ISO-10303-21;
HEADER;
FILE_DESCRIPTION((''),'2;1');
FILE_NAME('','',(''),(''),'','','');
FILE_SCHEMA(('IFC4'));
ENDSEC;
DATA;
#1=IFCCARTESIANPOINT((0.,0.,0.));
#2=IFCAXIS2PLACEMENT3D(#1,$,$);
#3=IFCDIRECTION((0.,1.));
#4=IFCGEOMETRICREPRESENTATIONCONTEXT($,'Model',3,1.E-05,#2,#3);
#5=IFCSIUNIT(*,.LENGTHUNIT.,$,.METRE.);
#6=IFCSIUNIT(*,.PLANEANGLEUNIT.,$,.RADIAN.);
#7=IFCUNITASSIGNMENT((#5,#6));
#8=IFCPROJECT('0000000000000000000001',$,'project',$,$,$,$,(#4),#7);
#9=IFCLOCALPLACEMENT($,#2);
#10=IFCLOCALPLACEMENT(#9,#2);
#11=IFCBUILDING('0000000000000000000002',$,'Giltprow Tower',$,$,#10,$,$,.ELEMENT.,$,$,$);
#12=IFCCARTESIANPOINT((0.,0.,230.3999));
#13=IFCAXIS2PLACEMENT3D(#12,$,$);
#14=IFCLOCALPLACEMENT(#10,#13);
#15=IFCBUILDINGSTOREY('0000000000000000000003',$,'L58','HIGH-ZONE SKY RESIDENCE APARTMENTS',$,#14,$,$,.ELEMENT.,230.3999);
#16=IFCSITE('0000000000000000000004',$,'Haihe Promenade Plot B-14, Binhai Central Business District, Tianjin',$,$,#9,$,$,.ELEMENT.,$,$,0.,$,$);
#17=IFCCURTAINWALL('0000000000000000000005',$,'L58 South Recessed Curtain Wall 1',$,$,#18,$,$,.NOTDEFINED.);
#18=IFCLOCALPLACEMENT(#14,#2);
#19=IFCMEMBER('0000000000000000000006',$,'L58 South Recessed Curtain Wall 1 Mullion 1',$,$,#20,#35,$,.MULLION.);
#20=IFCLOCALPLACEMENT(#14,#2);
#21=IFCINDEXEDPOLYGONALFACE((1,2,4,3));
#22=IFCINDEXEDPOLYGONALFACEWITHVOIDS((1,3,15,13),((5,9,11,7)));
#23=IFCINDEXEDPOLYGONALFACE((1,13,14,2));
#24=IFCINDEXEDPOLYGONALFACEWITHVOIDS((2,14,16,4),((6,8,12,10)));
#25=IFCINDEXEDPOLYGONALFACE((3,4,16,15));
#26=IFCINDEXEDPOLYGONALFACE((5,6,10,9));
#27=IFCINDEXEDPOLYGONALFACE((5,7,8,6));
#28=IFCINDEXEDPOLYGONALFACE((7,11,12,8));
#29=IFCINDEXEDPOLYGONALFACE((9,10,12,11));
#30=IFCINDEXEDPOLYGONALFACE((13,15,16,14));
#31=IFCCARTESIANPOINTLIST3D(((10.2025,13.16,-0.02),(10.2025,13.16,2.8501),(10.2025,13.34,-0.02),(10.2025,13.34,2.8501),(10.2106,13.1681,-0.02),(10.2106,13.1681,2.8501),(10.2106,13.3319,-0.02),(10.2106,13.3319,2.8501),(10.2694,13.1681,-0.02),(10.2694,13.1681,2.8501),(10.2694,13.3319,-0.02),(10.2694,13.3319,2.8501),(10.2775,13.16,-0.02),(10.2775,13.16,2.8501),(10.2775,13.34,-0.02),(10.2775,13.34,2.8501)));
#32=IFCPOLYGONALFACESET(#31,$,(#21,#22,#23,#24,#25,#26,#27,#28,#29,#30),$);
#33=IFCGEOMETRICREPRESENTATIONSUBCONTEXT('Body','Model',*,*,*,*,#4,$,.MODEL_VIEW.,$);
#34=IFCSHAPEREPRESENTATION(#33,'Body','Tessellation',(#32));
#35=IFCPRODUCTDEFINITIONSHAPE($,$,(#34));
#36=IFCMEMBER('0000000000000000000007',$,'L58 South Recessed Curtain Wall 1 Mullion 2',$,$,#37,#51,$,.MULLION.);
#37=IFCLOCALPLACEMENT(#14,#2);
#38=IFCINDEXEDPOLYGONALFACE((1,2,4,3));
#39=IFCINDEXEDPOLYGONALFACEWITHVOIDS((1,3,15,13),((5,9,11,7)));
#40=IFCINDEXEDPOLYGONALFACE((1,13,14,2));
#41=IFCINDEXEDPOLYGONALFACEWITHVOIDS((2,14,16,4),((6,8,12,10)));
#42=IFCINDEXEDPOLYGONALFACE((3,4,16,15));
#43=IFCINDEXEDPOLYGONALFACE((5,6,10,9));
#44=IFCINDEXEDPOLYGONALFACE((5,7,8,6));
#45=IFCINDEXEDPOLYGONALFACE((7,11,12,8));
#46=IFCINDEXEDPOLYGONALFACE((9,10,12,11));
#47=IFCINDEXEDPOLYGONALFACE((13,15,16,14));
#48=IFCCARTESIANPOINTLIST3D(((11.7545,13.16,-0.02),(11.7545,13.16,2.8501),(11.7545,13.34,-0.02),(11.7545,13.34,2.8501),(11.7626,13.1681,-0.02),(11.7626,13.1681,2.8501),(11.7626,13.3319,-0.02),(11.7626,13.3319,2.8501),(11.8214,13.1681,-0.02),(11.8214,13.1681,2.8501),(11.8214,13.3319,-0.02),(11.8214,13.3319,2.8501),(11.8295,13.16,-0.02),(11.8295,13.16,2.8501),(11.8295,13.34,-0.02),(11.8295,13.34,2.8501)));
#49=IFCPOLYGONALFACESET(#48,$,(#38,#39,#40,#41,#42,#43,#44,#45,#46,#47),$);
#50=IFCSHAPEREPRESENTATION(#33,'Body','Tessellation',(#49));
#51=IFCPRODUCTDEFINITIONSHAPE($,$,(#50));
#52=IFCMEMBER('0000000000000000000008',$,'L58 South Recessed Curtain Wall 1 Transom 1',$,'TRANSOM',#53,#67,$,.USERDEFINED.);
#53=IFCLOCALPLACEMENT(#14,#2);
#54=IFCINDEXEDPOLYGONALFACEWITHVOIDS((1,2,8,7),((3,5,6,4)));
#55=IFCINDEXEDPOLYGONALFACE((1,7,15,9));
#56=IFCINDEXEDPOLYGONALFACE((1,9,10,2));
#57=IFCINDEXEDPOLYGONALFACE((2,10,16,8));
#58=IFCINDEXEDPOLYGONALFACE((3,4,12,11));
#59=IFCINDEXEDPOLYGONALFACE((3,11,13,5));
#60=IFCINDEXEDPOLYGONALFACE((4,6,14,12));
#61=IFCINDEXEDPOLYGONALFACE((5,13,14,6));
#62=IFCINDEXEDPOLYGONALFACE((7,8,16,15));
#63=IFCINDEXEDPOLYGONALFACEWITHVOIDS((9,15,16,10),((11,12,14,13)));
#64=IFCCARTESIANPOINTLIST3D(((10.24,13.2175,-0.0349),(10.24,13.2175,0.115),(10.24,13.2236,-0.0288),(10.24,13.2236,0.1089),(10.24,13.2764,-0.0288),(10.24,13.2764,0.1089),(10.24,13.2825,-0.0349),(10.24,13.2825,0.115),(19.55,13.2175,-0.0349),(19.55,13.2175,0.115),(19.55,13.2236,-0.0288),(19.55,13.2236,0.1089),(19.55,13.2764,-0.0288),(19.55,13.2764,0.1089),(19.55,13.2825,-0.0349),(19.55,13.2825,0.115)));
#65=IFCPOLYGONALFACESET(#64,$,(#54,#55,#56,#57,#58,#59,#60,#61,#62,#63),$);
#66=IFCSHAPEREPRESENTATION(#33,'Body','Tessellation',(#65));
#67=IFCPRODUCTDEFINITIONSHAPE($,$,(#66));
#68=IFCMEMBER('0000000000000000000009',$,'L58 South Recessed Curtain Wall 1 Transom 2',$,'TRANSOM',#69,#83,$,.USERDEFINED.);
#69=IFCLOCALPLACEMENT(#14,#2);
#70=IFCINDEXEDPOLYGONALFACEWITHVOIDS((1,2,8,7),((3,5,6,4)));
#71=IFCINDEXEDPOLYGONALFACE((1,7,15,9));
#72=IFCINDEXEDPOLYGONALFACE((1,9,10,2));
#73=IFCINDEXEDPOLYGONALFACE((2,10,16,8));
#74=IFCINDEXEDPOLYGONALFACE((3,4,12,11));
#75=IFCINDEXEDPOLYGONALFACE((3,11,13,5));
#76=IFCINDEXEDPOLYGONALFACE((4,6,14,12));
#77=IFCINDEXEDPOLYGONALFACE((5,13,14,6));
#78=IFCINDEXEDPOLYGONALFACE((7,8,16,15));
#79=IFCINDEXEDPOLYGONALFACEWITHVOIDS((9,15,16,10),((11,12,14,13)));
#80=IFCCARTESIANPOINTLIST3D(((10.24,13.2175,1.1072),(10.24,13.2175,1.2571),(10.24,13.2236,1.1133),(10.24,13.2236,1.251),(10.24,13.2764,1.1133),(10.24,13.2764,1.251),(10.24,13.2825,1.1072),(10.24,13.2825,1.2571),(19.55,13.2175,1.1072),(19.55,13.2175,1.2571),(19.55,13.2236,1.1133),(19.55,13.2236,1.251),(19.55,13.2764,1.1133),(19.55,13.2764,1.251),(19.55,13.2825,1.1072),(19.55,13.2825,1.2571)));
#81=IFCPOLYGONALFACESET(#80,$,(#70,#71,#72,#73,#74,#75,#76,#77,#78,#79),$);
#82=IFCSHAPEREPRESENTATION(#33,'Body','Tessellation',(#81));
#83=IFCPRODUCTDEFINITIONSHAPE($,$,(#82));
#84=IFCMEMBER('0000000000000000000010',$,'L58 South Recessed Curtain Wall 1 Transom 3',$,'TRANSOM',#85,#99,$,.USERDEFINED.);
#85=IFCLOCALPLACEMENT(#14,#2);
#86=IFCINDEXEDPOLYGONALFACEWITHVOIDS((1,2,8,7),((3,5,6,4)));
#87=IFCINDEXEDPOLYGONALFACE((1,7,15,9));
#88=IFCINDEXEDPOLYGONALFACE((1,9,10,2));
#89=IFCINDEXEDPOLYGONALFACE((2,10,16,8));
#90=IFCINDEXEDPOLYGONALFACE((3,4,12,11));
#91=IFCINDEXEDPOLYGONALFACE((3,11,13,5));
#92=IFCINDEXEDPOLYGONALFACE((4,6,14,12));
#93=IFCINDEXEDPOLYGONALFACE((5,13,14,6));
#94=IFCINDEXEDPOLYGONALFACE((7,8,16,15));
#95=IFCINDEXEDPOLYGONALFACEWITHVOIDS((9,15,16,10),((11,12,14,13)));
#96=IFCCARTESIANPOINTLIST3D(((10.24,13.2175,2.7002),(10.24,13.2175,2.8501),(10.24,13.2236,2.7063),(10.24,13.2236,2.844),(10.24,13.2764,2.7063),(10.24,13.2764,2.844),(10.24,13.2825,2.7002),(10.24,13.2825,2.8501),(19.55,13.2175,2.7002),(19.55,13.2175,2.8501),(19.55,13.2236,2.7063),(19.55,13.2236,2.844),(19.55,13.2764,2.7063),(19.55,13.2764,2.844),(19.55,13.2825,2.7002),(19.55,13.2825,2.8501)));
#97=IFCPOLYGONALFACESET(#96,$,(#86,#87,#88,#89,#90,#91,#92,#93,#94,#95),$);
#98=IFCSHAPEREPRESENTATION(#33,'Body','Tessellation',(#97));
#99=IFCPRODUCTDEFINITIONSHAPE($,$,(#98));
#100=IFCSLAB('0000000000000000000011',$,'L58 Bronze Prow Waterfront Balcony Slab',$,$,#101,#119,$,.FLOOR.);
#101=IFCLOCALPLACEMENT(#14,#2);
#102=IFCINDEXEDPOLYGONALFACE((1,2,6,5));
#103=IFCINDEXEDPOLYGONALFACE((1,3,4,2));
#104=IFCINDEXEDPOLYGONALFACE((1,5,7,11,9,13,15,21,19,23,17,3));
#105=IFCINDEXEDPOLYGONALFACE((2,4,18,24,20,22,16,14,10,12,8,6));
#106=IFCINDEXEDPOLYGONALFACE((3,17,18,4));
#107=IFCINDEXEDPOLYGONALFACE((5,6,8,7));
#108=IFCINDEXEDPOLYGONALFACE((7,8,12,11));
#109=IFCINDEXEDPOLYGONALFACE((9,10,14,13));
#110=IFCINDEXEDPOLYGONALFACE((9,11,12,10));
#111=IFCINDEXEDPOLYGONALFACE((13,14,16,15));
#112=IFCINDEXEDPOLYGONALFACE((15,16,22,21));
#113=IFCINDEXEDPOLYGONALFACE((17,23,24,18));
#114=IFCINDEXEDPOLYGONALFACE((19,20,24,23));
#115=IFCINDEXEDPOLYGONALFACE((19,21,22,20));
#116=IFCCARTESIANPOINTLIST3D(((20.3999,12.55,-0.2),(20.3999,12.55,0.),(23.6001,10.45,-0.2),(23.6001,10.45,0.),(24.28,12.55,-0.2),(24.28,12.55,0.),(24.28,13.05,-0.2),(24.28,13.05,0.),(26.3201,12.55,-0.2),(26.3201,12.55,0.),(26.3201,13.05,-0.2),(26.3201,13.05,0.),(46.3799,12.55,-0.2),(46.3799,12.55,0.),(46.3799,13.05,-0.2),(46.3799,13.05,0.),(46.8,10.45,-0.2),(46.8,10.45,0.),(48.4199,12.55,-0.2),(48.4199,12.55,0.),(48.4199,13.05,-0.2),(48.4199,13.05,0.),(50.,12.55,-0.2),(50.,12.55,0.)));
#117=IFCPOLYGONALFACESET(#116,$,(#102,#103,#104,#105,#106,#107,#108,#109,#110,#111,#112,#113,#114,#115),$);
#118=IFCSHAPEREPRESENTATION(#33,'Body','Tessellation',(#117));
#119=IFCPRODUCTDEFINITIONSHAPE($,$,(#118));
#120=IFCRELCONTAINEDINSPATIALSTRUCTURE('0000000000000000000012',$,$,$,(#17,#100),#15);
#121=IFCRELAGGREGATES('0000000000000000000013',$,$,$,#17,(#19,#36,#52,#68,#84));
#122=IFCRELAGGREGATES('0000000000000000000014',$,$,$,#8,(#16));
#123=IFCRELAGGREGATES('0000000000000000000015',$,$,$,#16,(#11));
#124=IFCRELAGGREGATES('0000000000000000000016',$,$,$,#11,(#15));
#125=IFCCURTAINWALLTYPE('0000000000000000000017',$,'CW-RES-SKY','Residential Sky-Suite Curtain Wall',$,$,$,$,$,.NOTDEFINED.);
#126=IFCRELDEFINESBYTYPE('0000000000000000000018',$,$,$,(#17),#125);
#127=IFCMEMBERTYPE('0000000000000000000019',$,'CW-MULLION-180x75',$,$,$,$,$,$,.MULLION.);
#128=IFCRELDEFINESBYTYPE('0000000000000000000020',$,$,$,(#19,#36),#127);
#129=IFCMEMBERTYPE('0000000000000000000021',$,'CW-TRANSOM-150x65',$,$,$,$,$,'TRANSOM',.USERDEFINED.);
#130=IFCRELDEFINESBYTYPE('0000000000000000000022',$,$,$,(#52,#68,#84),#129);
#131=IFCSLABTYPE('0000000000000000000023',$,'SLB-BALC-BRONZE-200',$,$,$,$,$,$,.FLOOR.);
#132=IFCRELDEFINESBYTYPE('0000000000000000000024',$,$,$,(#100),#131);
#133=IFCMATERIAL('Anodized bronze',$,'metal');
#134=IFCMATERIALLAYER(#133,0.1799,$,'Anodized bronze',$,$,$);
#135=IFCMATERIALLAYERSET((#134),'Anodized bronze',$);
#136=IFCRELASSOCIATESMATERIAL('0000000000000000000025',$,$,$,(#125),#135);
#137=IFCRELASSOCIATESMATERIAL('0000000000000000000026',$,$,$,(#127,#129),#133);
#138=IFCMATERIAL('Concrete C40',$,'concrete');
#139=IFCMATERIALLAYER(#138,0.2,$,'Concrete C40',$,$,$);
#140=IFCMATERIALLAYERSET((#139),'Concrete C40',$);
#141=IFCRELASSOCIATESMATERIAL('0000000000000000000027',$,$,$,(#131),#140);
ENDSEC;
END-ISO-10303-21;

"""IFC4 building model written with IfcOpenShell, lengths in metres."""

from ifc_helpers import new_model, si_unit, direction, frame, origin, origin_2d, place, context, subcontext, project, spatial, polyline, hollow_rectangle, outline, extrude, source, transform, mapped, material, layer, layer_set, material_profile, profile_set, type_object, element, aggregate, save


model = new_model("IFC4")

# Units and contexts
model_context = context("Model", 3, precision=1e-05, world=origin(), true_north=direction((0.0, 1.0)))
body_context = subcontext(model_context, "Body", "Model", "MODEL_VIEW")
ifc_project = project(units=[si_unit("LENGTHUNIT", "METRE"), si_unit("PLANEANGLEUNIT", "RADIAN")], contexts=[model_context])

# Site, building, storey
site_placement = place(None, origin())
site = spatial("IfcSite", under=ifc_project, at=site_placement, Name="Haihe Promenade Plot B-14, Binhai Central Business District, Tianjin", CompositionType="ELEMENT", RefElevation=0.0)
building_placement = place(site_placement, origin())
building = spatial("IfcBuilding", under=site, at=building_placement, Name="Giltprow Tower", CompositionType="ELEMENT")
storey_placement = place(building_placement, frame((0.0, 0.0, 230.3999)))
storey = spatial("IfcBuildingStorey", under=building, at=storey_placement, Name="L58", Description="HIGH-ZONE SKY RESIDENCE APARTMENTS", CompositionType="ELEMENT", Elevation=230.3999)

# Curtain wall, members
ifc_material_1 = material(Name="Anodized bronze", Category="metal")
ifc_layer_1 = layer(ifc_material_1, 0.1799, Name="Anodized bronze")
ifc_layer_set_1 = layer_set([ifc_layer_1], Name="Anodized bronze")
curtain_wall_type = type_object("IfcCurtainWallType", Name="CW-RES-SKY", Description="Residential Sky-Suite Curtain Wall", PredefinedType="NOTDEFINED", material=ifc_layer_set_1)
curtain_wall_placement = place(storey_placement, origin())
curtain_wall = element("IfcCurtainWall", 1, at=curtain_wall_placement, inside=storey, type_object=curtain_wall_type, Name="L58 South Recessed Curtain Wall 1", PredefinedType="NOTDEFINED")
ifc_material_profile_1 = material_profile(ifc_material_1, hollow_rectangle(XDim=0.075, YDim=0.1799, WallThickness=0.0081, at=origin_2d()), Name="RHS 180x75x8")
ifc_profile_set_1 = profile_set([ifc_material_profile_1], Name="Anodized bronze")
member_type_1 = type_object("IfcMemberType", Name="CW-MULLION-180x75", PredefinedType="MULLION", material=ifc_profile_set_1)
shared_shape_1 = source(origin(), body_context, "Body", "SweptSolid", [
    extrude(hollow_rectangle(XDim=0.075, YDim=0.1799, WallThickness=0.0081, at=origin_2d()), origin(), (0.0, 0.0, 1.0), 2.8701),
])
member_1_placement = place(storey_placement, frame((10.24, 13.25, -0.02), z_axis=(0.0, 0.0, 1.0), x_axis=(1.0, 0.0, 0.0)))
member_1 = element("IfcMember", 2, at=member_1_placement, type_object=member_type_1, Name="L58 South Recessed Curtain Wall 1 Mullion 1", PredefinedType="MULLION", context=body_context, shape_type="MappedRepresentation", body=[
    mapped(shared_shape_1, transform((0.0, 0.0, 0.0), x_axis=(1.0, 0.0, 0.0), y_axis=(0.0, 1.0, 0.0), z_axis=(0.0, 0.0, 1.0), scale=1.0)),
])
member_2_placement = place(storey_placement, frame((11.792, 13.25, -0.02), z_axis=(0.0, 0.0, 1.0), x_axis=(1.0, 0.0, 0.0)))
member_2 = element("IfcMember", 3, at=member_2_placement, type_object=member_type_1, Name="L58 South Recessed Curtain Wall 1 Mullion 2", PredefinedType="MULLION", context=body_context, shape_type="MappedRepresentation", body=[
    mapped(shared_shape_1, transform((0.0, 0.0, 0.0), x_axis=(1.0, 0.0, 0.0), y_axis=(0.0, 1.0, 0.0), z_axis=(0.0, 0.0, 1.0), scale=1.0)),
])
ifc_material_profile_2 = material_profile(ifc_material_1, hollow_rectangle(XDim=0.0649, YDim=0.1499, WallThickness=0.0061, at=origin_2d()), Name="RHS 150x65x6")
ifc_profile_set_2 = profile_set([ifc_material_profile_2], Name="Anodized bronze")
member_type_2 = type_object("IfcMemberType", Name="CW-TRANSOM-150x65", ElementType="TRANSOM", PredefinedType="USERDEFINED", material=ifc_profile_set_2)
shared_shape_2 = source(origin(), body_context, "Body", "SweptSolid", [
    extrude(hollow_rectangle(XDim=0.0649, YDim=0.1499, WallThickness=0.0061, at=origin_2d()), origin(), (0.0, 0.0, 1.0), 9.3101),
])
member_3_placement = place(storey_placement, frame((10.24, 13.25, 0.04), z_axis=(1.0, 0.0, 0.0), x_axis=(0.0, 1.0, 0.0)))
member_3 = element("IfcMember", 4, at=member_3_placement, type_object=member_type_2, Name="L58 South Recessed Curtain Wall 1 Transom 1", ObjectType="TRANSOM", PredefinedType="USERDEFINED", context=body_context, shape_type="MappedRepresentation", body=[
    mapped(shared_shape_2, transform((0.0, 0.0, 0.0), x_axis=(1.0, 0.0, 0.0), y_axis=(0.0, 1.0, 0.0), z_axis=(0.0, 0.0, 1.0), scale=1.0)),
])
member_4_placement = place(storey_placement, frame((10.24, 13.25, 1.1821), z_axis=(1.0, 0.0, 0.0), x_axis=(0.0, 1.0, 0.0)))
member_4 = element("IfcMember", 5, at=member_4_placement, type_object=member_type_2, Name="L58 South Recessed Curtain Wall 1 Transom 2", ObjectType="TRANSOM", PredefinedType="USERDEFINED", context=body_context, shape_type="MappedRepresentation", body=[
    mapped(shared_shape_2, transform((0.0, 0.0, 0.0), x_axis=(1.0, 0.0, 0.0), y_axis=(0.0, 1.0, 0.0), z_axis=(0.0, 0.0, 1.0), scale=1.0)),
])
member_5_placement = place(storey_placement, frame((10.24, 13.25, 2.7751), z_axis=(1.0, 0.0, 0.0), x_axis=(0.0, 1.0, 0.0)))
member_5 = element("IfcMember", 6, at=member_5_placement, type_object=member_type_2, Name="L58 South Recessed Curtain Wall 1 Transom 3", ObjectType="TRANSOM", PredefinedType="USERDEFINED", context=body_context, shape_type="MappedRepresentation", body=[
    mapped(shared_shape_2, transform((0.0, 0.0, 0.0), x_axis=(1.0, 0.0, 0.0), y_axis=(0.0, 1.0, 0.0), z_axis=(0.0, 0.0, 1.0), scale=1.0)),
])

# Slab
ifc_material_2 = material(Name="Concrete C40", Category="concrete")
ifc_layer_2 = layer(ifc_material_2, 0.2, Name="Concrete C40")
ifc_layer_set_2 = layer_set([ifc_layer_2], Name="Concrete C40")
slab_type_1 = type_object("IfcSlabType", Name="SLB-BALC-BRONZE-200", PredefinedType="FLOOR", material=ifc_layer_set_2)
slab_1_placement = place(storey_placement, frame((0.0, 0.0, -0.2)))
element("IfcSlab", 7, at=slab_1_placement, inside=storey, type_object=slab_type_1, Name="L58 Bronze Prow Waterfront Balcony Slab", PredefinedType="FLOOR", context=body_context, shape_type="SweptSolid", body=[
    extrude(outline(polyline([(50.0, 12.55), (46.8, 10.45), (23.6001, 10.45), (20.3999, 12.55), (24.28, 12.55), (24.28, 13.05), (26.3201, 13.05), (26.3201, 12.55), (46.3799, 12.55), (46.3799, 13.05), (48.4199, 13.05), (48.4199, 12.55), (50.0, 12.55)])), origin(), (0.0, 0.0, 1.0), 0.2),
])

aggregate(curtain_wall, [member_1, member_2, member_3, member_4, member_5])

save(model, "model.ifc")
